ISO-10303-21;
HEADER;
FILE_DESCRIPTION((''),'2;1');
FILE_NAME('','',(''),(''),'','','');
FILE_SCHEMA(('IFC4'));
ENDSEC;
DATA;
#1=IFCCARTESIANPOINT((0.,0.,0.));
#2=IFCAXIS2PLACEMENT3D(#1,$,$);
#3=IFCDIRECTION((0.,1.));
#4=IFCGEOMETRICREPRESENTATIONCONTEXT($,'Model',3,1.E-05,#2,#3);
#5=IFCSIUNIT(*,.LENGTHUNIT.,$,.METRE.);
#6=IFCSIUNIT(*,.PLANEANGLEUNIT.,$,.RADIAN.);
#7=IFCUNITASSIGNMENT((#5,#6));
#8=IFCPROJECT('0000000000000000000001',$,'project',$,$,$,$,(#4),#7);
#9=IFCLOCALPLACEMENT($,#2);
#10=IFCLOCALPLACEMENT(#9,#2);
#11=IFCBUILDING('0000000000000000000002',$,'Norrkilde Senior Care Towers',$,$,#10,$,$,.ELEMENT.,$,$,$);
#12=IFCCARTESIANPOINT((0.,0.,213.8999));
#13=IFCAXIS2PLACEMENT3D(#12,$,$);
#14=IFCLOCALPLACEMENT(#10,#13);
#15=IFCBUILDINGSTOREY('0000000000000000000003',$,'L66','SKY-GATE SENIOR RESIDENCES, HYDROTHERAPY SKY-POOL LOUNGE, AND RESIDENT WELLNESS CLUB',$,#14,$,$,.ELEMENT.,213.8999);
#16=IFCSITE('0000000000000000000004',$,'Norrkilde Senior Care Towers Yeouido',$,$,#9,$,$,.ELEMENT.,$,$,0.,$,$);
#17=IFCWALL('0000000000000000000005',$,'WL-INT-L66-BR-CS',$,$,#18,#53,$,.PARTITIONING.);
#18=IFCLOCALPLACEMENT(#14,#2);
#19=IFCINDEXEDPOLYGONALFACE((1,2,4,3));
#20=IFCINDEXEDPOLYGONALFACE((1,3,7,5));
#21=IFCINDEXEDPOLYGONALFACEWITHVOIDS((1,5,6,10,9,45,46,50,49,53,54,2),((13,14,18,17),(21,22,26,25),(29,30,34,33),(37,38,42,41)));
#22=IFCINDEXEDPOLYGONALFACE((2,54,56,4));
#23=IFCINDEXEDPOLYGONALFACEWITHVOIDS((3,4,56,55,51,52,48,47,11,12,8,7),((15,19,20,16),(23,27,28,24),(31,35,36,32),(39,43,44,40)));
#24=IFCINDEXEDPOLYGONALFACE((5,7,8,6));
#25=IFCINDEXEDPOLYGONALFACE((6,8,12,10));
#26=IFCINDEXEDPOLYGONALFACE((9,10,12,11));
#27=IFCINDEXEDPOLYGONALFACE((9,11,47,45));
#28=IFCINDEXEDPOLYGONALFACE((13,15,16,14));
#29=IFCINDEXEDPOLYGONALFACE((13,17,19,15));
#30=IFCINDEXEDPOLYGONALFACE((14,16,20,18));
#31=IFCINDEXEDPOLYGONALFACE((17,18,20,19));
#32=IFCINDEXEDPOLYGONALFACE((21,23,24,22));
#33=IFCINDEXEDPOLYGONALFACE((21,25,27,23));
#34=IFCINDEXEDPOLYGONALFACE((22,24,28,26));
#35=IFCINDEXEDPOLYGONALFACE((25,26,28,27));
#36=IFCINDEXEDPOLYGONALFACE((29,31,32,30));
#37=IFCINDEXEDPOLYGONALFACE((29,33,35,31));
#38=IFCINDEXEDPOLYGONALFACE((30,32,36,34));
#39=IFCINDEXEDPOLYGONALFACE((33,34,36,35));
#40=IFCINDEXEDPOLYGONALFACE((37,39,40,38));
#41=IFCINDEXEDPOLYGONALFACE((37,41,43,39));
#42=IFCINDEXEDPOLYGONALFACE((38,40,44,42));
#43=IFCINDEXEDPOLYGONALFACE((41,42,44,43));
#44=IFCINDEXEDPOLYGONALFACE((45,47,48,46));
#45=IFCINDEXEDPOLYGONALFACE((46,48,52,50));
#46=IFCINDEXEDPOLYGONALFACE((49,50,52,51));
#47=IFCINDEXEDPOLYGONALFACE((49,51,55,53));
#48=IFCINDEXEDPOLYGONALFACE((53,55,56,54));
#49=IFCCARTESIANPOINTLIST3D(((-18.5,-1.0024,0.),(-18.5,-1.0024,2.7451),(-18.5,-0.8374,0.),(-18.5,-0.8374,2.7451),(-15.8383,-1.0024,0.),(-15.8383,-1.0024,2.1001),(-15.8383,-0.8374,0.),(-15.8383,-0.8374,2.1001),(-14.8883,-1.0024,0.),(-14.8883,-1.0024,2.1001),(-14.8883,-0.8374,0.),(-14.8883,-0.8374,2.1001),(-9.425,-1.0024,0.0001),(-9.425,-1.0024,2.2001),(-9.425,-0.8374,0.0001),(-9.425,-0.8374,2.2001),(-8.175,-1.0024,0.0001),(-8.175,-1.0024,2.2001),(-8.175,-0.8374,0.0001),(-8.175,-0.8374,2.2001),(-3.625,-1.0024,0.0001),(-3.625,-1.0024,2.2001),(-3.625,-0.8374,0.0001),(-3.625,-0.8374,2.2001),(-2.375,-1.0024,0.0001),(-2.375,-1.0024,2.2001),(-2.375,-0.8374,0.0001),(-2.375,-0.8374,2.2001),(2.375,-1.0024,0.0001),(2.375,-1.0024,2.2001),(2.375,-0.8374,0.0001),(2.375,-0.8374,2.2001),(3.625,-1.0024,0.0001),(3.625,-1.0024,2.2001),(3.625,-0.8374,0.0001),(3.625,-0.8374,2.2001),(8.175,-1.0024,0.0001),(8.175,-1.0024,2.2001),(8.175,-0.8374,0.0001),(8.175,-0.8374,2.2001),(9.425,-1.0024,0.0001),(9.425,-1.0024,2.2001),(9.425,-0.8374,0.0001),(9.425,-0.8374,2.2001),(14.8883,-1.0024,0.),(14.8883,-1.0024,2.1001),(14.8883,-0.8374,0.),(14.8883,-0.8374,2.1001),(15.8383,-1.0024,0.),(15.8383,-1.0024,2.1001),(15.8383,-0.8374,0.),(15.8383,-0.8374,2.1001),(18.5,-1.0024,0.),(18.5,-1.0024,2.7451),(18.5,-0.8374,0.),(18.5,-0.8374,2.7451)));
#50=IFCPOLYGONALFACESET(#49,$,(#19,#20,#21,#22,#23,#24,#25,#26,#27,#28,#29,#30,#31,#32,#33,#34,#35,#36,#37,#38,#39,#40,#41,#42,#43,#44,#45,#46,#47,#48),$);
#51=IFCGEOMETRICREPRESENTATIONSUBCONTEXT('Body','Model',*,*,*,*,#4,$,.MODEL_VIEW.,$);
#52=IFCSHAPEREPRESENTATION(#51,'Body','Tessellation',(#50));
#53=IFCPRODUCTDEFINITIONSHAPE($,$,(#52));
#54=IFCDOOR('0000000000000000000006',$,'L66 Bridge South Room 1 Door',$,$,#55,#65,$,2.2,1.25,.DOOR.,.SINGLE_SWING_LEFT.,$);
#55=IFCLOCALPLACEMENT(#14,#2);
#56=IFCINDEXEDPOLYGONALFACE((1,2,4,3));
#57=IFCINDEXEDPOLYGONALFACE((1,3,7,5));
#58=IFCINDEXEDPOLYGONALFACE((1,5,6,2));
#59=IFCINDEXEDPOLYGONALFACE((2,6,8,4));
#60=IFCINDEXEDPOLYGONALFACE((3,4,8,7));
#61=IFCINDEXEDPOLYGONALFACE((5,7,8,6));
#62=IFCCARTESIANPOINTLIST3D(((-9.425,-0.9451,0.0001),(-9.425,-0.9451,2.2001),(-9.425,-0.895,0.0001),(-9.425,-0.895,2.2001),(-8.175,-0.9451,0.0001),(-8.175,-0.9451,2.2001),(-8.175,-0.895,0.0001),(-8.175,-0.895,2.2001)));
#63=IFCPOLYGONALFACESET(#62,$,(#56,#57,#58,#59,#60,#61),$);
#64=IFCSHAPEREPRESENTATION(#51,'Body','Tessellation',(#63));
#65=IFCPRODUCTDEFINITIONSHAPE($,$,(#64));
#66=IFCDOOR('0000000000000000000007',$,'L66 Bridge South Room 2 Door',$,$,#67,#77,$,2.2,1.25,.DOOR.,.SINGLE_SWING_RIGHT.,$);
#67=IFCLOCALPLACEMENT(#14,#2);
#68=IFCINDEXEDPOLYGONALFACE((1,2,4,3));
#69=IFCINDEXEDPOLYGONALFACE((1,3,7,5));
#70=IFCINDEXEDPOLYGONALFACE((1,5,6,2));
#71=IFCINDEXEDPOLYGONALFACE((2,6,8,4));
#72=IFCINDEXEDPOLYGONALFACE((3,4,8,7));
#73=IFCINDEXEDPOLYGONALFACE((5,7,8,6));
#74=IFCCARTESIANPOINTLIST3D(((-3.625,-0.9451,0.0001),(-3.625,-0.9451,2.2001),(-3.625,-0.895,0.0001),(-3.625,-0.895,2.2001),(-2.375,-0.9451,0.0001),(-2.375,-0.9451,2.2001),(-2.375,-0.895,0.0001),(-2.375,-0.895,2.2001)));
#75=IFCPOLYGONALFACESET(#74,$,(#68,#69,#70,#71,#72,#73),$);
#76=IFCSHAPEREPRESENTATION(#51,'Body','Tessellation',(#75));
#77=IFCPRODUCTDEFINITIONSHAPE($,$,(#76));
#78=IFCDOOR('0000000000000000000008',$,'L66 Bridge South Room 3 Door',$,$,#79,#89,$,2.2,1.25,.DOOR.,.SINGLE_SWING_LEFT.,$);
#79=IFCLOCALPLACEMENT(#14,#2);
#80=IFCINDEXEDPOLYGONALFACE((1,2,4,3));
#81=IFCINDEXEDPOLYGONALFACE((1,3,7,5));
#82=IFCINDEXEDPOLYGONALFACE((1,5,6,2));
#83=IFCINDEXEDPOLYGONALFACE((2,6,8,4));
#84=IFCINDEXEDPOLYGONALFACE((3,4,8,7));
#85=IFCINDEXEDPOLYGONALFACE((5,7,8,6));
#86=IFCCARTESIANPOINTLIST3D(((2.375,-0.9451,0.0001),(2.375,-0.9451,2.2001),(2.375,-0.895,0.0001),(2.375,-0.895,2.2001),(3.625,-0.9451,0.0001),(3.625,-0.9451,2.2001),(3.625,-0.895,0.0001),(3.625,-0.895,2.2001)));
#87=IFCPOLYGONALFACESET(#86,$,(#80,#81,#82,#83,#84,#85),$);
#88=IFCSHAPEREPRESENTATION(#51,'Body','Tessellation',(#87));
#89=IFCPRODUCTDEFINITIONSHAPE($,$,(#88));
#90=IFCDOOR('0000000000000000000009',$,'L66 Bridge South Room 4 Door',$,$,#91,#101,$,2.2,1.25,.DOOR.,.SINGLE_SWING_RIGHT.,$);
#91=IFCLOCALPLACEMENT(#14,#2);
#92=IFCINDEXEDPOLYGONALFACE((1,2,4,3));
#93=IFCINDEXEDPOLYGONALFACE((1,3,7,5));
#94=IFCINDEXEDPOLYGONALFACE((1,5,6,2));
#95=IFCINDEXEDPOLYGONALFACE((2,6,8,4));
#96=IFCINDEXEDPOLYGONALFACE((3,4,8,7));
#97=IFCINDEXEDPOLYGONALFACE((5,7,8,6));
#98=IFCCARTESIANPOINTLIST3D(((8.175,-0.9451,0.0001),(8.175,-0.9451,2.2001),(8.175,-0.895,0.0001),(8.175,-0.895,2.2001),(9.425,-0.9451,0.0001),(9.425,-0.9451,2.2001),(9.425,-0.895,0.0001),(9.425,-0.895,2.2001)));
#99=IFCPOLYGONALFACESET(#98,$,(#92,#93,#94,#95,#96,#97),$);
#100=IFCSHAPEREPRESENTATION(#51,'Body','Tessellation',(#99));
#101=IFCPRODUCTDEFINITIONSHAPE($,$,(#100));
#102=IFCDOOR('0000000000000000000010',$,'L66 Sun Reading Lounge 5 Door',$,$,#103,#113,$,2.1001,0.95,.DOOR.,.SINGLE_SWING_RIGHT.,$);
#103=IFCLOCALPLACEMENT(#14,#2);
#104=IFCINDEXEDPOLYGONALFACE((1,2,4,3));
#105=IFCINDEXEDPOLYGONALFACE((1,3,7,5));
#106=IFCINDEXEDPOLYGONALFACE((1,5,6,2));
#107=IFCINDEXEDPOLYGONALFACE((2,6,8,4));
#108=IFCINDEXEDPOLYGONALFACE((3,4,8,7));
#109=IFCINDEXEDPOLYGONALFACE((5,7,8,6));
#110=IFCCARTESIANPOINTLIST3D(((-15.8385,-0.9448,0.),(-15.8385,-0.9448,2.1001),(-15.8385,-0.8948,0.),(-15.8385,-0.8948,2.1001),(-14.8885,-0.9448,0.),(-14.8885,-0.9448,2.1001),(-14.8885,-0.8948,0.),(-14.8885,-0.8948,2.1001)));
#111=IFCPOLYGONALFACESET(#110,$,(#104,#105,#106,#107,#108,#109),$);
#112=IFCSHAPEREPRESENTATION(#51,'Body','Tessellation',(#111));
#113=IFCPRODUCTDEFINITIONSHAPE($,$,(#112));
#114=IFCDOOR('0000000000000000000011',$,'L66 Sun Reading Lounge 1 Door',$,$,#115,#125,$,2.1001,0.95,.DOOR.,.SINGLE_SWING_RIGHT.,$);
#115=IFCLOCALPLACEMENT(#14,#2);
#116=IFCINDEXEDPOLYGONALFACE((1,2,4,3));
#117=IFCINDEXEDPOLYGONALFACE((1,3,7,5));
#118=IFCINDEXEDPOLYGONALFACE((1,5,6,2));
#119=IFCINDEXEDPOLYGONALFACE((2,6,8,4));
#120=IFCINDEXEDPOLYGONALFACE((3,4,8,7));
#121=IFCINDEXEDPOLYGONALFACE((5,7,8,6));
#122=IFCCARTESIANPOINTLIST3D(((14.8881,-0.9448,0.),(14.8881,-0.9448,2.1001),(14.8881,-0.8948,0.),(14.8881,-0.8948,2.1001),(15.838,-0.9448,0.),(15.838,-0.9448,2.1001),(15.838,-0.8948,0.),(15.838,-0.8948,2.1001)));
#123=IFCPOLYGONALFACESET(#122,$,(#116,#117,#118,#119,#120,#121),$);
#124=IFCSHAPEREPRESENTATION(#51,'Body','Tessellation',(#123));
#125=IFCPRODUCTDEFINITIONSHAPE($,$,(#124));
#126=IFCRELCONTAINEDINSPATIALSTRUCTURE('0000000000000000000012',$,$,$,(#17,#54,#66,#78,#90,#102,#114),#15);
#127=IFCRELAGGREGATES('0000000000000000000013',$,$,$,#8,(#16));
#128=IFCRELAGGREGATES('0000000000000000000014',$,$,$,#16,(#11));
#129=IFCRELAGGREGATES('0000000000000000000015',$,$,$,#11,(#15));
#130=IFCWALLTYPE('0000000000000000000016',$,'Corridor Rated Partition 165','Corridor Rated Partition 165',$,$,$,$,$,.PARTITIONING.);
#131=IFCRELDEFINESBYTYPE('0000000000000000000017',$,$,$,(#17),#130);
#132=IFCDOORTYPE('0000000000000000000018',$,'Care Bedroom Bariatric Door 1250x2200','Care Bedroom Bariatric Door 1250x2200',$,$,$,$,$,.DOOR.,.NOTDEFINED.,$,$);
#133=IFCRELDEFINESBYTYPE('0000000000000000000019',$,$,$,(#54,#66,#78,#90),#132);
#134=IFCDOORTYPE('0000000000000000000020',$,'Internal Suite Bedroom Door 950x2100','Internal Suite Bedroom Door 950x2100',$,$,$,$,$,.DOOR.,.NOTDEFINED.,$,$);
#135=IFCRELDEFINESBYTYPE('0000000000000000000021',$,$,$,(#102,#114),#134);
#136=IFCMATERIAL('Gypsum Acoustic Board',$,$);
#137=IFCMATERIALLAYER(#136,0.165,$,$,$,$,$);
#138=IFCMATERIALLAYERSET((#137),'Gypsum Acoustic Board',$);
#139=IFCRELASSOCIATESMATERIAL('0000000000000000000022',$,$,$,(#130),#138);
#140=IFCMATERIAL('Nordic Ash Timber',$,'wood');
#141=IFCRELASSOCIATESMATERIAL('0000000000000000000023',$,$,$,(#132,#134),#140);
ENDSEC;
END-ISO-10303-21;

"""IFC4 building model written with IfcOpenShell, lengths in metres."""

from ifc_helpers import new_model, si_unit, direction, frame, frame_2d, origin, place, context, subcontext, project, spatial, rectangle, extrude, source, transform, mapped, material, layer, layer_set, type_object, type_shapes, element, fill, save


model = new_model("IFC4")

# Units and contexts
model_context = context("Model", 3, precision=1e-05, world=origin(), true_north=direction((0.0, 1.0)))
body_context = subcontext(model_context, "Body", "Model", "MODEL_VIEW")
ifc_project = project(units=[si_unit("LENGTHUNIT", "METRE"), si_unit("PLANEANGLEUNIT", "RADIAN")], contexts=[model_context])

# Site, building, storey
site_placement = place(None, origin())
site = spatial("IfcSite", under=ifc_project, at=site_placement, Name="Norrkilde Senior Care Towers Yeouido", CompositionType="ELEMENT", RefElevation=0.0)
building_placement = place(site_placement, origin())
building = spatial("IfcBuilding", under=site, at=building_placement, Name="Norrkilde Senior Care Towers", CompositionType="ELEMENT")
storey_placement = place(building_placement, frame((0.0, 0.0, 213.8999)))
storey = spatial("IfcBuildingStorey", under=building, at=storey_placement, Name="L66", Description="SKY-GATE SENIOR RESIDENCES, HYDROTHERAPY SKY-POOL LOUNGE, AND RESIDENT WELLNESS CLUB", CompositionType="ELEMENT", Elevation=213.8999)

# Shared definitions
ifc_material_1 = material(Name="Gypsum Acoustic Board")
ifc_layer_1 = layer(ifc_material_1, 0.165)
ifc_layer_set_1 = layer_set([ifc_layer_1], Name="Gypsum Acoustic Board")
wall_type_1 = type_object("IfcWallType", Name="Corridor Rated Partition 165", Description="Corridor Rated Partition 165", PredefinedType="PARTITIONING", material=ifc_layer_set_1)

# Shared definitions
ifc_material_2 = material(Name="Nordic Ash Timber", Category="wood")
door_type_1 = type_object("IfcDoorType", Name="Care Bedroom Bariatric Door 1250x2200", Description="Care Bedroom Bariatric Door 1250x2200", OperationType="NOTDEFINED", PredefinedType="DOOR", material=ifc_material_2)
shared_shape_1 = source(origin(), body_context, "Body", "SweptSolid", [
    extrude(rectangle(XDim=1.25, YDim=2.2, at=frame_2d((0.625, 1.1001))), frame((0.0, 0.0249, 0.0), z_axis=(0.0, -1.0, 0.0), x_axis=(1.0, 0.0, 0.0)), (0.0, 0.0, 1.0), 0.05),
])
type_shapes(door_type_1, [shared_shape_1])

# Wall, openings, doors
shared_shape_2 = source(origin(), body_context, "Body", "SweptSolid", [
    extrude(rectangle(XDim=37.0, YDim=0.165, at=frame_2d((18.5, 0.0))), origin(), (0.0, 0.0, 1.0), 2.7451),
])
wall_1_placement = place(storey_placement, frame((-18.5, -0.9199, 0.0), z_axis=(0.0, 0.0, 1.0), x_axis=(1.0, 0.0, 0.0)))
wall_1 = element("IfcWall", 1, at=wall_1_placement, inside=storey, type_object=wall_type_1, Name="WL-INT-L66-BR-CS", PredefinedType="PARTITIONING", context=body_context, shape_type="MappedRepresentation", body=[
    mapped(shared_shape_2, transform((0.0, 0.0, 0.0), x_axis=(1.0, 0.0, 0.0), y_axis=(0.0, 1.0, 0.0), z_axis=(0.0, 0.0, 1.0), scale=1.0)),
])
opening_1_placement = place(wall_1_placement, frame((2.6616, 0.0, 0.0)))
opening_1 = element("IfcOpeningElement", 2, at=opening_1_placement, cuts=wall_1, PredefinedType="OPENING", context=body_context, shape_type="SweptSolid", body=[
    extrude(rectangle(XDim=0.95, YDim=2.1001, at=frame_2d((0.4751, 1.05))), frame((0.0, 0.0925, 0.0), z_axis=(0.0, -1.0, 0.0), x_axis=(1.0, 0.0, 0.0)), (0.0, 0.0, 1.0), 0.1851),
])
opening_2_placement = place(wall_1_placement, frame((33.3882, 0.0, 0.0)))
opening_2 = element("IfcOpeningElement", 3, at=opening_2_placement, cuts=wall_1, PredefinedType="OPENING", context=body_context, shape_type="SweptSolid", body=[
    extrude(rectangle(XDim=0.95, YDim=2.1001, at=frame_2d((0.4751, 1.05))), frame((0.0, 0.0925, 0.0), z_axis=(0.0, -1.0, 0.0), x_axis=(1.0, 0.0, 0.0)), (0.0, 0.0, 1.0), 0.1851),
])
opening_3_placement = place(wall_1_placement, frame((9.075, 0.0, 0.0)))
opening_3 = element("IfcOpeningElement", 4, at=opening_3_placement, cuts=wall_1, PredefinedType="OPENING", context=body_context, shape_type="SweptSolid", body=[
    extrude(rectangle(XDim=1.25, YDim=2.2, at=frame_2d((0.625, 1.1001))), frame((0.0, 0.0925, 0.0), z_axis=(0.0, -1.0, 0.0), x_axis=(1.0, 0.0, 0.0)), (0.0, 0.0, 1.0), 0.1851),
])
opening_4_placement = place(wall_1_placement, frame((14.875, 0.0, 0.0)))
opening_4 = element("IfcOpeningElement", 5, at=opening_4_placement, cuts=wall_1, PredefinedType="OPENING", context=body_context, shape_type="SweptSolid", body=[
    extrude(rectangle(XDim=1.25, YDim=2.2, at=frame_2d((0.625, 1.1001))), frame((0.0, 0.0925, 0.0), z_axis=(0.0, -1.0, 0.0), x_axis=(1.0, 0.0, 0.0)), (0.0, 0.0, 1.0), 0.1851),
])
opening_5_placement = place(wall_1_placement, frame((20.875, 0.0, 0.0)))
opening_5 = element("IfcOpeningElement", 6, at=opening_5_placement, cuts=wall_1, PredefinedType="OPENING", context=body_context, shape_type="SweptSolid", body=[
    extrude(rectangle(XDim=1.25, YDim=2.2, at=frame_2d((0.625, 1.1001))), frame((0.0, 0.0925, 0.0), z_axis=(0.0, -1.0, 0.0), x_axis=(1.0, 0.0, 0.0)), (0.0, 0.0, 1.0), 0.1851),
])
opening_6_placement = place(wall_1_placement, frame((26.675, 0.0, 0.0)))
opening_6 = element("IfcOpeningElement", 7, at=opening_6_placement, cuts=wall_1, PredefinedType="OPENING", context=body_context, shape_type="SweptSolid", body=[
    extrude(rectangle(XDim=1.25, YDim=2.2, at=frame_2d((0.625, 1.1001))), frame((0.0, 0.0925, 0.0), z_axis=(0.0, -1.0, 0.0), x_axis=(1.0, 0.0, 0.0)), (0.0, 0.0, 1.0), 0.1851),
])
door_1_placement = place(opening_3_placement, origin())
door_1 = element("IfcDoor", 8, at=door_1_placement, inside=storey, type_object=door_type_1, Name="L66 Bridge South Room 1 Door", OperationType="SINGLE_SWING_LEFT", OverallHeight=2.2, OverallWidth=1.25, PredefinedType="DOOR", context=body_context, shape_type="MappedRepresentation", body=[
    mapped(shared_shape_1, transform((0.0, 0.0, 0.0), x_axis=(1.0, 0.0, 0.0), y_axis=(0.0, 1.0, 0.0), z_axis=(0.0, 0.0, 1.0), scale=1.0)),
])
fill(opening_3, door_1)
door_2_placement = place(opening_4_placement, origin())
door_2 = element("IfcDoor", 9, at=door_2_placement, inside=storey, type_object=door_type_1, Name="L66 Bridge South Room 2 Door", OperationType="SINGLE_SWING_RIGHT", OverallHeight=2.2, OverallWidth=1.25, PredefinedType="DOOR", context=body_context, shape_type="MappedRepresentation", body=[
    mapped(shared_shape_1, transform((0.0, 0.0, 0.0), x_axis=(1.0, 0.0, 0.0), y_axis=(0.0, 1.0, 0.0), z_axis=(0.0, 0.0, 1.0), scale=1.0)),
])
fill(opening_4, door_2)
door_3_placement = place(opening_5_placement, origin())
door_3 = element("IfcDoor", 10, at=door_3_placement, inside=storey, type_object=door_type_1, Name="L66 Bridge South Room 3 Door", OperationType="SINGLE_SWING_LEFT", OverallHeight=2.2, OverallWidth=1.25, PredefinedType="DOOR", context=body_context, shape_type="MappedRepresentation", body=[
    mapped(shared_shape_1, transform((0.0, 0.0, 0.0), x_axis=(1.0, 0.0, 0.0), y_axis=(0.0, 1.0, 0.0), z_axis=(0.0, 0.0, 1.0), scale=1.0)),
])
fill(opening_5, door_3)
door_4_placement = place(opening_6_placement, origin())
door_4 = element("IfcDoor", 11, at=door_4_placement, inside=storey, type_object=door_type_1, Name="L66 Bridge South Room 4 Door", OperationType="SINGLE_SWING_RIGHT", OverallHeight=2.2, OverallWidth=1.25, PredefinedType="DOOR", context=body_context, shape_type="MappedRepresentation", body=[
    mapped(shared_shape_1, transform((0.0, 0.0, 0.0), x_axis=(1.0, 0.0, 0.0), y_axis=(0.0, 1.0, 0.0), z_axis=(0.0, 0.0, 1.0), scale=1.0)),
])
fill(opening_6, door_4)
door_type_2 = type_object("IfcDoorType", Name="Internal Suite Bedroom Door 950x2100", Description="Internal Suite Bedroom Door 950x2100", OperationType="NOTDEFINED", PredefinedType="DOOR", material=ifc_material_2)
shared_shape_3 = source(origin(), body_context, "Body", "SweptSolid", [
    extrude(rectangle(XDim=0.95, YDim=2.1001, at=frame_2d((0.4751, 1.05))), frame((0.0, 0.0249, 0.0), z_axis=(0.0, -1.0, 0.0), x_axis=(1.0, 0.0, 0.0)), (0.0, 0.0, 1.0), 0.05),
])
type_shapes(door_type_2, [shared_shape_3])
door_5_placement = place(opening_1_placement, frame((0.95, 0.0, 0.0), z_axis=(0.0, 0.0, 1.0), x_axis=(-1.0, 0.0, 0.0)))
door_5 = element("IfcDoor", 12, at=door_5_placement, inside=storey, type_object=door_type_2, Name="L66 Sun Reading Lounge 5 Door", OperationType="SINGLE_SWING_RIGHT", OverallHeight=2.1001, OverallWidth=0.95, PredefinedType="DOOR", context=body_context, shape_type="MappedRepresentation", body=[
    mapped(shared_shape_3, transform((0.0, 0.0, 0.0), x_axis=(1.0, 0.0, 0.0), y_axis=(0.0, 1.0, 0.0), z_axis=(0.0, 0.0, 1.0), scale=1.0)),
])
fill(opening_1, door_5)
door_6_placement = place(opening_2_placement, frame((0.95, 0.0, 0.0), z_axis=(0.0, 0.0, 1.0), x_axis=(-1.0, 0.0, 0.0)))
door_6 = element("IfcDoor", 13, at=door_6_placement, inside=storey, type_object=door_type_2, Name="L66 Sun Reading Lounge 1 Door", OperationType="SINGLE_SWING_RIGHT", OverallHeight=2.1001, OverallWidth=0.95, PredefinedType="DOOR", context=body_context, shape_type="MappedRepresentation", body=[
    mapped(shared_shape_3, transform((0.0, 0.0, 0.0), x_axis=(1.0, 0.0, 0.0), y_axis=(0.0, 1.0, 0.0), z_axis=(0.0, 0.0, 1.0), scale=1.0)),
])
fill(opening_2, door_6)

save(model, "model.ifc")
